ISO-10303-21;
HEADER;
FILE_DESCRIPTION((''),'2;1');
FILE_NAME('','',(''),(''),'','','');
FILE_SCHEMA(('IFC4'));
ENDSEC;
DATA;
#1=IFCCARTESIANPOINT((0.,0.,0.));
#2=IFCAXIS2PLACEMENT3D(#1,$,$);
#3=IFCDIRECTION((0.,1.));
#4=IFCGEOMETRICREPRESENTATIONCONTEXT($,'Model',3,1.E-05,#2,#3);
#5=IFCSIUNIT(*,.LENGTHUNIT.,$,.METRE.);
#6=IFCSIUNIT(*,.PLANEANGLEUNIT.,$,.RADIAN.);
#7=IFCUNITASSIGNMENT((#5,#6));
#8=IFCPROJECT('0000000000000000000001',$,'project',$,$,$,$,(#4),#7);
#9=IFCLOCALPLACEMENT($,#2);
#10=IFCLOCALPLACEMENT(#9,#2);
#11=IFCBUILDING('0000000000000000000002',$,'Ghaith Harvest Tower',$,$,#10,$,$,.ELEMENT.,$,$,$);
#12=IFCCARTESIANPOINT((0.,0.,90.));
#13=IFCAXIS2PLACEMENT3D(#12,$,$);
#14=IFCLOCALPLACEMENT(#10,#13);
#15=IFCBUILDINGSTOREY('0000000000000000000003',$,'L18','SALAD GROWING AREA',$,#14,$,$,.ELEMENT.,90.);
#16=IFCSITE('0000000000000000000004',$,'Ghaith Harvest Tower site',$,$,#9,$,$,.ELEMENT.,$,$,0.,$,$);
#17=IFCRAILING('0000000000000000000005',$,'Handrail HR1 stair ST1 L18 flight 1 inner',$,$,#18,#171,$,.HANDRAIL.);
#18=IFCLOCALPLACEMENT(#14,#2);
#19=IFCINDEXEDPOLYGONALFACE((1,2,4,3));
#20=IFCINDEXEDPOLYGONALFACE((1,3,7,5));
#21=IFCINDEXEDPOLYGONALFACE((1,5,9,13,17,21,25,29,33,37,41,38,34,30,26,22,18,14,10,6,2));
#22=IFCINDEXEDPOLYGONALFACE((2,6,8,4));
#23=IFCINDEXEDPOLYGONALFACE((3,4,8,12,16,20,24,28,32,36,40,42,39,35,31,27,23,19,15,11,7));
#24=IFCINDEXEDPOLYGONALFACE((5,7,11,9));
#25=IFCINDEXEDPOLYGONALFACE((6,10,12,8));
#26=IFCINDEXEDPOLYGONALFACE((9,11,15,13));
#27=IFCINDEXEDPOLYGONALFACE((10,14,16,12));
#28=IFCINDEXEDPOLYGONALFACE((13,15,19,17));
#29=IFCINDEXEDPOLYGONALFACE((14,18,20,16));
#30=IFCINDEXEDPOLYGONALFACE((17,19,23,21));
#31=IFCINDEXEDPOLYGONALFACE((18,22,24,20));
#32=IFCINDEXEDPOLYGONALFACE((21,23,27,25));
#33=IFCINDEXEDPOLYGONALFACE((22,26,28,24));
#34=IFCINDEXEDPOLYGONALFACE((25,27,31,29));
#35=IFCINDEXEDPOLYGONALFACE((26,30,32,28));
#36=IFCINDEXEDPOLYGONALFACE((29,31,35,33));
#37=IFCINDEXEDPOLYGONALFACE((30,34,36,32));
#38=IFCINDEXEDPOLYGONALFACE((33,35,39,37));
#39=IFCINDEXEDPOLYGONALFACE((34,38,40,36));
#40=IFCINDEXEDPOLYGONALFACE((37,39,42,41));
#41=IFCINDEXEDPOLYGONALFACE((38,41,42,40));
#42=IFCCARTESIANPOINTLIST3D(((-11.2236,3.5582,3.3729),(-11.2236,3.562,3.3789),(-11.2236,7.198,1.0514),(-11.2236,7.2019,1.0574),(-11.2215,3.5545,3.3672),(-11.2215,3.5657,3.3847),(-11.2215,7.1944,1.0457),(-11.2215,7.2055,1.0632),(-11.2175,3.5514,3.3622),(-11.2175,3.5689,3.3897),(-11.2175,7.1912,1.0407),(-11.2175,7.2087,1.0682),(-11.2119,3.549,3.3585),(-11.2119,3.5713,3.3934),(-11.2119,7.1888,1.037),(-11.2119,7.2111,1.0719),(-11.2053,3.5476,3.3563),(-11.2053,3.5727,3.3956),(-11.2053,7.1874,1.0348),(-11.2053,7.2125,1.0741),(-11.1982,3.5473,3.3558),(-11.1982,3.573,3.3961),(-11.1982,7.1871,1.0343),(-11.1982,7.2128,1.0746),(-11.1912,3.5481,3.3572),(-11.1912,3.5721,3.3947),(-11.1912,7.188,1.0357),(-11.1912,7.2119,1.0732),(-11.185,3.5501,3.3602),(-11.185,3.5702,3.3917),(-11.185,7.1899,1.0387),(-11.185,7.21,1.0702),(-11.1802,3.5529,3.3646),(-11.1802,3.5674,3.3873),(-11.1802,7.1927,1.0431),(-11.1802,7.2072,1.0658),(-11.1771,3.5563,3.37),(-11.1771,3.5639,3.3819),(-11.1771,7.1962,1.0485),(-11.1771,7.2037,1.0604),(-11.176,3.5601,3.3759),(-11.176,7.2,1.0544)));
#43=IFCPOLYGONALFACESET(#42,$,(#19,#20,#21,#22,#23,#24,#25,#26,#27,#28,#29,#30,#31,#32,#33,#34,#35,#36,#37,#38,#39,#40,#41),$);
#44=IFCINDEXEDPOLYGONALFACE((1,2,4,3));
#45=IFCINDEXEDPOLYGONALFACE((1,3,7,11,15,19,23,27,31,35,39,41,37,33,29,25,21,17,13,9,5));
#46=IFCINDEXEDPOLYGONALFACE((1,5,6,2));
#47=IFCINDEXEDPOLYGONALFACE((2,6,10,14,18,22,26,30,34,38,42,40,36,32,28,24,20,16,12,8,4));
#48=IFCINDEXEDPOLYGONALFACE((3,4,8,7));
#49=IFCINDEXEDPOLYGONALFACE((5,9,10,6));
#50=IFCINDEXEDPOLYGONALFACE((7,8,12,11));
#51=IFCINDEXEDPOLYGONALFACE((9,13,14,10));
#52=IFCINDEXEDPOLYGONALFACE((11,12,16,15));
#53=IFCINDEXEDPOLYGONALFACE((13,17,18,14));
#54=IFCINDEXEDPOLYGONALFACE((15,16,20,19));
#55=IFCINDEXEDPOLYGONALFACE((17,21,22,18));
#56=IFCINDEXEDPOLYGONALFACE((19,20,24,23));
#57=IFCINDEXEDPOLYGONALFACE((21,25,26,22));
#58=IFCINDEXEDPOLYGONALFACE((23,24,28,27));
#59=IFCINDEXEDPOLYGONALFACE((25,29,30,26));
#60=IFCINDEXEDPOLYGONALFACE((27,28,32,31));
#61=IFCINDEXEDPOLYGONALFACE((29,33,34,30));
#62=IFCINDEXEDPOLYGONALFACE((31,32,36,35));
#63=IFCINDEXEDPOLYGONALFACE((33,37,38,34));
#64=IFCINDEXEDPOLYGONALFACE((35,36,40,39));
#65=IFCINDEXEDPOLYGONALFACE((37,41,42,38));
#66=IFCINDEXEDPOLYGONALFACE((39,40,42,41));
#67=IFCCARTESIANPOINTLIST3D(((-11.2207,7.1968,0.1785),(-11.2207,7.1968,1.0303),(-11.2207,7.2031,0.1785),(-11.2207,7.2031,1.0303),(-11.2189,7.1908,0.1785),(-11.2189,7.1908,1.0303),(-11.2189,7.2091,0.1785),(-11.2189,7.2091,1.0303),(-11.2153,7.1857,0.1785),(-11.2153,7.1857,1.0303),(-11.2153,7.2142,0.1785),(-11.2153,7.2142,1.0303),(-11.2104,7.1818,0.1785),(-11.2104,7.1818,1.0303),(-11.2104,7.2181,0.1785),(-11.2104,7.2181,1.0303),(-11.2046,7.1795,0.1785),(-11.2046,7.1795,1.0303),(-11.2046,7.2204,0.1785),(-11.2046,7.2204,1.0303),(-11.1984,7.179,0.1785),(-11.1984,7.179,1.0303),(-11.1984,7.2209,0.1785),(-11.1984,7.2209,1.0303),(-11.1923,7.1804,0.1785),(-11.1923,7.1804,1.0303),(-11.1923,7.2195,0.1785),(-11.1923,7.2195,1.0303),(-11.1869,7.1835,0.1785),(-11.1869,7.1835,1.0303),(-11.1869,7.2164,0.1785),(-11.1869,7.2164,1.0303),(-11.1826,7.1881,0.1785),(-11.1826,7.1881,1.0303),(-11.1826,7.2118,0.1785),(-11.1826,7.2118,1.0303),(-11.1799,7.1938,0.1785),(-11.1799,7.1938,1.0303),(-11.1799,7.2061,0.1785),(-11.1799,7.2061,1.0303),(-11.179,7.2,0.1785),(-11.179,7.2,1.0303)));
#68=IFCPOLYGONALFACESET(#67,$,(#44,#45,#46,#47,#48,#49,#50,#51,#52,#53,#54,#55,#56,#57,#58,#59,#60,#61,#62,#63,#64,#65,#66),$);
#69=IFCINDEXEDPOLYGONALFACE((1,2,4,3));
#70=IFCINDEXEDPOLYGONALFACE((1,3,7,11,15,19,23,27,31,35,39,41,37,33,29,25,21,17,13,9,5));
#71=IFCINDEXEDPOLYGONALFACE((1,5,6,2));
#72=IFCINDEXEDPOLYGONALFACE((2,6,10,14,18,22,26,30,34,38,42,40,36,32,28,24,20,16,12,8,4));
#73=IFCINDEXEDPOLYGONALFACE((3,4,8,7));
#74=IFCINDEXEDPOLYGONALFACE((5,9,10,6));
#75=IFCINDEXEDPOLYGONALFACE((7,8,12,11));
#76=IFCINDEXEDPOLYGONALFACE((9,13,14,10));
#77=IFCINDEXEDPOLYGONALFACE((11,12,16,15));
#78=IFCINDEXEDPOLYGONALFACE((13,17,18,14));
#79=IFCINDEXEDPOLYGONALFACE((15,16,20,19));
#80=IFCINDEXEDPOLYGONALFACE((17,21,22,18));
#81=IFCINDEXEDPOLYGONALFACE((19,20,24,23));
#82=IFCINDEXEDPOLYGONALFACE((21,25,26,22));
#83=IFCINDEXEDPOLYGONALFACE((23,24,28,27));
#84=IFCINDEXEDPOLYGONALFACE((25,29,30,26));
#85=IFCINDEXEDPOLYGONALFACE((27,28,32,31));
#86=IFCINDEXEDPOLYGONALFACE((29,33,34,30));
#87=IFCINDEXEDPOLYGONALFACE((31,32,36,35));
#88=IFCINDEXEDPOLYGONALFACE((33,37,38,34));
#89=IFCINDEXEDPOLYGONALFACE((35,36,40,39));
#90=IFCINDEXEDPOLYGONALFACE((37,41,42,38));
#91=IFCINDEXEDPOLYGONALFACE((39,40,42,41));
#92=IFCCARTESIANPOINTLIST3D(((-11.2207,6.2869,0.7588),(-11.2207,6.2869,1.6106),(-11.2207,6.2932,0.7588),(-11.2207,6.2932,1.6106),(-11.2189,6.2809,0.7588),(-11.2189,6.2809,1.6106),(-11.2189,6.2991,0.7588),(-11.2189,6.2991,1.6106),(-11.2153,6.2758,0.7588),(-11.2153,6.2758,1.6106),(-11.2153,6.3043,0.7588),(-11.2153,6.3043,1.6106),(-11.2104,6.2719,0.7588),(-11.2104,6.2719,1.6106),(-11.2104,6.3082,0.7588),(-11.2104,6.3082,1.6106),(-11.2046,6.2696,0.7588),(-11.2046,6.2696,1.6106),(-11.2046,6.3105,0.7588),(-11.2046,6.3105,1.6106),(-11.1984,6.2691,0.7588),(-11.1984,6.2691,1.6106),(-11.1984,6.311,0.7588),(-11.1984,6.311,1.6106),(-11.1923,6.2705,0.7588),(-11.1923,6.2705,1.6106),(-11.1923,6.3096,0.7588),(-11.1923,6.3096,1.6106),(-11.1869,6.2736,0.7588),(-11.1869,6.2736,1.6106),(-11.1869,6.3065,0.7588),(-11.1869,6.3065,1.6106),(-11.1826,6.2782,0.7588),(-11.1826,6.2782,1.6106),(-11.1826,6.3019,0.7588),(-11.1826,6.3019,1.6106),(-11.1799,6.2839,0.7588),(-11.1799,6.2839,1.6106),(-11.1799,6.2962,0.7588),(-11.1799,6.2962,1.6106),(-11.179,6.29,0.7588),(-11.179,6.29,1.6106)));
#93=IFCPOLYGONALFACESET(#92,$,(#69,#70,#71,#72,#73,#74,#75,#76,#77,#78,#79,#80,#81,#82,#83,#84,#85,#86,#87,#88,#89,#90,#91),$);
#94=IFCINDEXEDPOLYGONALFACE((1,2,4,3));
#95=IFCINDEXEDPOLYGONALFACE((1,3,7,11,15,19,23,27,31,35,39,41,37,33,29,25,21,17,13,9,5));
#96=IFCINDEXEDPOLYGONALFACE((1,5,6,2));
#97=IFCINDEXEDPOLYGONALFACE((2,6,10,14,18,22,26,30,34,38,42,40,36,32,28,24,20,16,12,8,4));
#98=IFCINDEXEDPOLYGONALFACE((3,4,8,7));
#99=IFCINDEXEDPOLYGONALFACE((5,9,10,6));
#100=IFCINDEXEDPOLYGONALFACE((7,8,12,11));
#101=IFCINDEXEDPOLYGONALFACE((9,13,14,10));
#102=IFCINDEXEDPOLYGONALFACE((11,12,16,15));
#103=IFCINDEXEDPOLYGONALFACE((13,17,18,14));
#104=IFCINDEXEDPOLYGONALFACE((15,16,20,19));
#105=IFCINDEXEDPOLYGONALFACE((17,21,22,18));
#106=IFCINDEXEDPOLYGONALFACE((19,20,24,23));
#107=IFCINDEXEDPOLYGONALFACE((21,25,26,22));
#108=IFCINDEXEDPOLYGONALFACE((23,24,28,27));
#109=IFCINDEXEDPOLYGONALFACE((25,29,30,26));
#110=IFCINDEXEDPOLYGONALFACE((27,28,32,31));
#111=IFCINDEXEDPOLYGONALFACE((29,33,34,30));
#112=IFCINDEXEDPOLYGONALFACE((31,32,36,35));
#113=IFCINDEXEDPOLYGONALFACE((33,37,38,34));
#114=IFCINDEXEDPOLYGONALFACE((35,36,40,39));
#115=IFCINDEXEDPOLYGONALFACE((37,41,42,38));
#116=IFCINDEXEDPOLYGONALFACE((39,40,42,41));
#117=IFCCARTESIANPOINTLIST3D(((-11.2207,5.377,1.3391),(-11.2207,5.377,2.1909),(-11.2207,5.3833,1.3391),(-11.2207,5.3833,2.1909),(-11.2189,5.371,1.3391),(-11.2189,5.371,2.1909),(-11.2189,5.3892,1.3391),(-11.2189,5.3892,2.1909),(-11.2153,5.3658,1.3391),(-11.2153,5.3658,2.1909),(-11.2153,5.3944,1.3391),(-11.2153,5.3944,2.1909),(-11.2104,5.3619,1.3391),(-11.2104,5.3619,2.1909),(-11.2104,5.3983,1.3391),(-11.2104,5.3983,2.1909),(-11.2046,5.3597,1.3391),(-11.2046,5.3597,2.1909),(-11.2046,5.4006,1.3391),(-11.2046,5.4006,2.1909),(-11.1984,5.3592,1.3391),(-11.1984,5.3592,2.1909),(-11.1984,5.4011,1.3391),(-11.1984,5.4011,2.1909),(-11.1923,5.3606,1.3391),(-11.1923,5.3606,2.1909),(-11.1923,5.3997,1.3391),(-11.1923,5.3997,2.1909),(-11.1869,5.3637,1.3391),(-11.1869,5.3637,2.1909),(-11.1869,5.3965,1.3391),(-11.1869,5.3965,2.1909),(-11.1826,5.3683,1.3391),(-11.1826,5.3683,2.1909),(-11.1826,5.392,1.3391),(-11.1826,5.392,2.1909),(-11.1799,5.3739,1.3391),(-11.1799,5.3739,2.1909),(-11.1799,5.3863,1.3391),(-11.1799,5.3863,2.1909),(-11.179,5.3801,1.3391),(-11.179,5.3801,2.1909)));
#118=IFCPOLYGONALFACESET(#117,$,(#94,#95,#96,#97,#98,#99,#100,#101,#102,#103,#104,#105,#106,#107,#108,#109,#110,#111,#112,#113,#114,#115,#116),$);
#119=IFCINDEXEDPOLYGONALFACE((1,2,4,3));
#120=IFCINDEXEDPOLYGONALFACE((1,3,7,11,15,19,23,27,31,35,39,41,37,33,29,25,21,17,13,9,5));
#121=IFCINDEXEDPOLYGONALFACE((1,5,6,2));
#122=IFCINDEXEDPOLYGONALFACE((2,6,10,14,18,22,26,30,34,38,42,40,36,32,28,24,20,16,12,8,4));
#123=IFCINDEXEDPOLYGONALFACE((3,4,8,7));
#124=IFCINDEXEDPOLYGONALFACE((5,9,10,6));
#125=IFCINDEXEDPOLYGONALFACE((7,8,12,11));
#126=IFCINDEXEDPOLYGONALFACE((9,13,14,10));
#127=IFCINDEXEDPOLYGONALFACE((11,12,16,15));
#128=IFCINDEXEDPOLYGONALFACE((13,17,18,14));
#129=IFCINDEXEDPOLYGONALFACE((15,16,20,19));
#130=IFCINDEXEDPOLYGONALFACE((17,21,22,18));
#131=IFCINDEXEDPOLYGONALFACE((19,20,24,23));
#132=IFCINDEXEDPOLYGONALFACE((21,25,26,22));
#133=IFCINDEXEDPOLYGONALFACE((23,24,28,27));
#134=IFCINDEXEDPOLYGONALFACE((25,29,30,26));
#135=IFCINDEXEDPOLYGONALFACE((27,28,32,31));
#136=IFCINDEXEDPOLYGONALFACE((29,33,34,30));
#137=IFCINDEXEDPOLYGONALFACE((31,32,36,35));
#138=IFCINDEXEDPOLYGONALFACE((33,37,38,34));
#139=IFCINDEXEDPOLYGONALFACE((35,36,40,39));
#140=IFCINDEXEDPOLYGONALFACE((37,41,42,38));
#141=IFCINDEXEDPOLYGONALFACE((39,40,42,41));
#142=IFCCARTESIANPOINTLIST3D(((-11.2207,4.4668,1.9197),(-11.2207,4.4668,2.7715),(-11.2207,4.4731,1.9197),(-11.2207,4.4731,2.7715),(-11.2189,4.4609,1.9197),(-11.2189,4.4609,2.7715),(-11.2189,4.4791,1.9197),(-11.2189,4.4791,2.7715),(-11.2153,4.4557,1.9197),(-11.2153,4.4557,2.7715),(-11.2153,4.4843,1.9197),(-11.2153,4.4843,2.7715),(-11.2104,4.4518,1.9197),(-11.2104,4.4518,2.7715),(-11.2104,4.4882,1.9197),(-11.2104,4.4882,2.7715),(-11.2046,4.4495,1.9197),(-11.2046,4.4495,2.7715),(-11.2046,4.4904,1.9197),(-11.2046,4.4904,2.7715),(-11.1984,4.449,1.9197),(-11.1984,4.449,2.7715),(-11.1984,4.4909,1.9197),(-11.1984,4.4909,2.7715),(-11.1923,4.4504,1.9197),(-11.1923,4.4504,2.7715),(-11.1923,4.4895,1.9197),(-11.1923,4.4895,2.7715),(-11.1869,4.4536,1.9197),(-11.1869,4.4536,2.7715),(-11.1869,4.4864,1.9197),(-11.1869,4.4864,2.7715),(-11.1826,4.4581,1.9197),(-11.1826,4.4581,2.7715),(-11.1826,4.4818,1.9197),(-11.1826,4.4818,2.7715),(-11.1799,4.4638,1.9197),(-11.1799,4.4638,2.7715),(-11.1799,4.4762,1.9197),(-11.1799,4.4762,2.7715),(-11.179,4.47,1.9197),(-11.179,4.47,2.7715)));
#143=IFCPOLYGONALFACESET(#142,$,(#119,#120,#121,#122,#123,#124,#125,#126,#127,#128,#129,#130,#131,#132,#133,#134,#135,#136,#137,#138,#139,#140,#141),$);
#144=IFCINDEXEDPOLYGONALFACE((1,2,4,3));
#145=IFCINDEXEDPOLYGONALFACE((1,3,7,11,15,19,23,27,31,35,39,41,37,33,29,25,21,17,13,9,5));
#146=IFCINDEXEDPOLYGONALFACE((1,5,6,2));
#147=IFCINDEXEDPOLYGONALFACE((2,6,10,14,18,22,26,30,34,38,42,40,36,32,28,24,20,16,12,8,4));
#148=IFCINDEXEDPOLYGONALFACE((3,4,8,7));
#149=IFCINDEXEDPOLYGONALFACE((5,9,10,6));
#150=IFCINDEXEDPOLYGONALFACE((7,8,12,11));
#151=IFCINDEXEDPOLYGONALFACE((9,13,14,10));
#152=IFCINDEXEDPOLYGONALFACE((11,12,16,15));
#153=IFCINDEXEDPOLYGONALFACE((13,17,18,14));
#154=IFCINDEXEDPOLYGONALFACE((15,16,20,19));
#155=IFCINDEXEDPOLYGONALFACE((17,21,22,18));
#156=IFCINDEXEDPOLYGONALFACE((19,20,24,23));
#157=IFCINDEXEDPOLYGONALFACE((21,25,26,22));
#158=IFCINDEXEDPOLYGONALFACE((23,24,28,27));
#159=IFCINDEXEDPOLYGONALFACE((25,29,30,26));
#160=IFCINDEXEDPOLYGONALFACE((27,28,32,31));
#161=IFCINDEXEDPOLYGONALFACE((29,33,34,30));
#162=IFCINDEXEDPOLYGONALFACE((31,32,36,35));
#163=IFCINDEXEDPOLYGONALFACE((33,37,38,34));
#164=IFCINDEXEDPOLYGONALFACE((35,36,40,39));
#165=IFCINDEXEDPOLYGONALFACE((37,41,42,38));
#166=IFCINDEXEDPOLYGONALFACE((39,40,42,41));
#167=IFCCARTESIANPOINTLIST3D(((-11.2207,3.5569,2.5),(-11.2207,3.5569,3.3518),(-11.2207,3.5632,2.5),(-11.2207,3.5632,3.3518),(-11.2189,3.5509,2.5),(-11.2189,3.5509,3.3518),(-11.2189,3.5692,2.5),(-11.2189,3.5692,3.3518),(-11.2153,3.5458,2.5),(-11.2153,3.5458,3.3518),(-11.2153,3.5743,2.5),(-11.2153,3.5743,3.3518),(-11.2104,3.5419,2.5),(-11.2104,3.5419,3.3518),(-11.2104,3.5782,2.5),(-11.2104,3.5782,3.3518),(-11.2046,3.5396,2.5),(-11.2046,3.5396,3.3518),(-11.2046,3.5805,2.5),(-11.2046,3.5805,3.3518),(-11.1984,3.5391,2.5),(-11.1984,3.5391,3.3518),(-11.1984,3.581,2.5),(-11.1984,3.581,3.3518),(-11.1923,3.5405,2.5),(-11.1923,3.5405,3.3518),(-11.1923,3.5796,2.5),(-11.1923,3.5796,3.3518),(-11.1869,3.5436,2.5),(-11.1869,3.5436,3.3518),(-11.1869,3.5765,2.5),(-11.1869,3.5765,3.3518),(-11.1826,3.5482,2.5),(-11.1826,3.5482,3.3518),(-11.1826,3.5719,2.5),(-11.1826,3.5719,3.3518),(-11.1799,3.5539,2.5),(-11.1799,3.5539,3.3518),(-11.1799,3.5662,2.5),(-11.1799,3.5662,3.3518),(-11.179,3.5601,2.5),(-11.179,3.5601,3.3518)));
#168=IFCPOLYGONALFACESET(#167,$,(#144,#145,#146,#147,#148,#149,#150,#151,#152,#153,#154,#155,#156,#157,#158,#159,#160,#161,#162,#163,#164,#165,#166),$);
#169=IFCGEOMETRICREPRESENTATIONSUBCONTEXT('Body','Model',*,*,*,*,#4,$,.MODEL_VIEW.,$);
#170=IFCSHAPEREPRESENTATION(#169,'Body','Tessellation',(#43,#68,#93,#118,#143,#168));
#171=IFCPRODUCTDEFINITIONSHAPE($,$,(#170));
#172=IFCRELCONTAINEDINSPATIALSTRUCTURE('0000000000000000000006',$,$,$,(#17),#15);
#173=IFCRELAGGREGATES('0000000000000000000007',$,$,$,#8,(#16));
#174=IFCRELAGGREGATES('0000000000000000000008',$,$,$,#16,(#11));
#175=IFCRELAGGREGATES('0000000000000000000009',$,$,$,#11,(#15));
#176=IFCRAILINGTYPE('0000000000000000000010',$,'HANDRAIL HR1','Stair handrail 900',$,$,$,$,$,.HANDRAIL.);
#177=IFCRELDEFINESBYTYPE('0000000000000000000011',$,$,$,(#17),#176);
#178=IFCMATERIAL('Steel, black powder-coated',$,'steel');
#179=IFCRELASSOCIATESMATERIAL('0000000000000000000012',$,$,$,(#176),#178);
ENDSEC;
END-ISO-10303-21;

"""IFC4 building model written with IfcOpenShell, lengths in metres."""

from ifc_helpers import new_model, si_unit, direction, frame, origin, origin_2d, place, context, subcontext, project, spatial, circle, extrude, material, type_object, element, save


model = new_model("IFC4")

# Units and contexts
model_context = context("Model", 3, precision=1e-05, world=origin(), true_north=direction((0.0, 1.0)))
body_context = subcontext(model_context, "Body", "Model", "MODEL_VIEW")
ifc_project = project(units=[si_unit("LENGTHUNIT", "METRE"), si_unit("PLANEANGLEUNIT", "RADIAN")], contexts=[model_context])

# Site, building, storey
site_placement = place(None, origin())
site = spatial("IfcSite", under=ifc_project, at=site_placement, Name="Ghaith Harvest Tower site", CompositionType="ELEMENT", RefElevation=0.0)
building_placement = place(site_placement, origin())
building = spatial("IfcBuilding", under=site, at=building_placement, Name="Ghaith Harvest Tower", CompositionType="ELEMENT")
storey_placement = place(building_placement, frame((0.0, 0.0, 90.0)))
storey = spatial("IfcBuildingStorey", under=building, at=storey_placement, Name="L18", Description="SALAD GROWING AREA", CompositionType="ELEMENT", Elevation=90.0)

# Railing
ifc_material_1 = material(Name="Steel, black powder-coated", Category="steel")
railing_type = type_object("IfcRailingType", Name="HANDRAIL HR1", Description="Stair handrail 900", PredefinedType="HANDRAIL", material=ifc_material_1)
railing_1_placement = place(storey_placement, frame((-11.2, 7.2, 0.1785)))
element("IfcRailing", 1, at=railing_1_placement, inside=storey, type_object=railing_type, Name="Handrail HR1 stair ST1 L18 flight 1 inner", PredefinedType="HANDRAIL", context=body_context, shape_type="SweptSolid", body=[
    extrude(circle(Radius=0.0239, at=origin_2d()), frame((0.0, 0.0, 0.876), z_axis=(0.0, -0.843112, 0.537739), x_axis=(1.0, 0.0, 0.0)), (0.0, 0.0, 1.0), 4.3171),
    extrude(circle(Radius=0.021, at=origin_2d()), origin(), (0.0, 0.0, 1.0), 0.8518),
    extrude(circle(Radius=0.021, at=origin_2d()), frame((0.0, -0.9099, 0.5803)), (0.0, 0.0, 1.0), 0.8518),
    extrude(circle(Radius=0.021, at=origin_2d()), frame((0.0, -1.8198, 1.1606)), (0.0, 0.0, 1.0), 0.8518),
    extrude(circle(Radius=0.021, at=origin_2d()), frame((0.0, -2.73, 1.7412)), (0.0, 0.0, 1.0), 0.8518),
    extrude(circle(Radius=0.021, at=origin_2d()), frame((0.0, -3.6399, 2.3215)), (0.0, 0.0, 1.0), 0.8518),
])

save(model, "model.ifc")
